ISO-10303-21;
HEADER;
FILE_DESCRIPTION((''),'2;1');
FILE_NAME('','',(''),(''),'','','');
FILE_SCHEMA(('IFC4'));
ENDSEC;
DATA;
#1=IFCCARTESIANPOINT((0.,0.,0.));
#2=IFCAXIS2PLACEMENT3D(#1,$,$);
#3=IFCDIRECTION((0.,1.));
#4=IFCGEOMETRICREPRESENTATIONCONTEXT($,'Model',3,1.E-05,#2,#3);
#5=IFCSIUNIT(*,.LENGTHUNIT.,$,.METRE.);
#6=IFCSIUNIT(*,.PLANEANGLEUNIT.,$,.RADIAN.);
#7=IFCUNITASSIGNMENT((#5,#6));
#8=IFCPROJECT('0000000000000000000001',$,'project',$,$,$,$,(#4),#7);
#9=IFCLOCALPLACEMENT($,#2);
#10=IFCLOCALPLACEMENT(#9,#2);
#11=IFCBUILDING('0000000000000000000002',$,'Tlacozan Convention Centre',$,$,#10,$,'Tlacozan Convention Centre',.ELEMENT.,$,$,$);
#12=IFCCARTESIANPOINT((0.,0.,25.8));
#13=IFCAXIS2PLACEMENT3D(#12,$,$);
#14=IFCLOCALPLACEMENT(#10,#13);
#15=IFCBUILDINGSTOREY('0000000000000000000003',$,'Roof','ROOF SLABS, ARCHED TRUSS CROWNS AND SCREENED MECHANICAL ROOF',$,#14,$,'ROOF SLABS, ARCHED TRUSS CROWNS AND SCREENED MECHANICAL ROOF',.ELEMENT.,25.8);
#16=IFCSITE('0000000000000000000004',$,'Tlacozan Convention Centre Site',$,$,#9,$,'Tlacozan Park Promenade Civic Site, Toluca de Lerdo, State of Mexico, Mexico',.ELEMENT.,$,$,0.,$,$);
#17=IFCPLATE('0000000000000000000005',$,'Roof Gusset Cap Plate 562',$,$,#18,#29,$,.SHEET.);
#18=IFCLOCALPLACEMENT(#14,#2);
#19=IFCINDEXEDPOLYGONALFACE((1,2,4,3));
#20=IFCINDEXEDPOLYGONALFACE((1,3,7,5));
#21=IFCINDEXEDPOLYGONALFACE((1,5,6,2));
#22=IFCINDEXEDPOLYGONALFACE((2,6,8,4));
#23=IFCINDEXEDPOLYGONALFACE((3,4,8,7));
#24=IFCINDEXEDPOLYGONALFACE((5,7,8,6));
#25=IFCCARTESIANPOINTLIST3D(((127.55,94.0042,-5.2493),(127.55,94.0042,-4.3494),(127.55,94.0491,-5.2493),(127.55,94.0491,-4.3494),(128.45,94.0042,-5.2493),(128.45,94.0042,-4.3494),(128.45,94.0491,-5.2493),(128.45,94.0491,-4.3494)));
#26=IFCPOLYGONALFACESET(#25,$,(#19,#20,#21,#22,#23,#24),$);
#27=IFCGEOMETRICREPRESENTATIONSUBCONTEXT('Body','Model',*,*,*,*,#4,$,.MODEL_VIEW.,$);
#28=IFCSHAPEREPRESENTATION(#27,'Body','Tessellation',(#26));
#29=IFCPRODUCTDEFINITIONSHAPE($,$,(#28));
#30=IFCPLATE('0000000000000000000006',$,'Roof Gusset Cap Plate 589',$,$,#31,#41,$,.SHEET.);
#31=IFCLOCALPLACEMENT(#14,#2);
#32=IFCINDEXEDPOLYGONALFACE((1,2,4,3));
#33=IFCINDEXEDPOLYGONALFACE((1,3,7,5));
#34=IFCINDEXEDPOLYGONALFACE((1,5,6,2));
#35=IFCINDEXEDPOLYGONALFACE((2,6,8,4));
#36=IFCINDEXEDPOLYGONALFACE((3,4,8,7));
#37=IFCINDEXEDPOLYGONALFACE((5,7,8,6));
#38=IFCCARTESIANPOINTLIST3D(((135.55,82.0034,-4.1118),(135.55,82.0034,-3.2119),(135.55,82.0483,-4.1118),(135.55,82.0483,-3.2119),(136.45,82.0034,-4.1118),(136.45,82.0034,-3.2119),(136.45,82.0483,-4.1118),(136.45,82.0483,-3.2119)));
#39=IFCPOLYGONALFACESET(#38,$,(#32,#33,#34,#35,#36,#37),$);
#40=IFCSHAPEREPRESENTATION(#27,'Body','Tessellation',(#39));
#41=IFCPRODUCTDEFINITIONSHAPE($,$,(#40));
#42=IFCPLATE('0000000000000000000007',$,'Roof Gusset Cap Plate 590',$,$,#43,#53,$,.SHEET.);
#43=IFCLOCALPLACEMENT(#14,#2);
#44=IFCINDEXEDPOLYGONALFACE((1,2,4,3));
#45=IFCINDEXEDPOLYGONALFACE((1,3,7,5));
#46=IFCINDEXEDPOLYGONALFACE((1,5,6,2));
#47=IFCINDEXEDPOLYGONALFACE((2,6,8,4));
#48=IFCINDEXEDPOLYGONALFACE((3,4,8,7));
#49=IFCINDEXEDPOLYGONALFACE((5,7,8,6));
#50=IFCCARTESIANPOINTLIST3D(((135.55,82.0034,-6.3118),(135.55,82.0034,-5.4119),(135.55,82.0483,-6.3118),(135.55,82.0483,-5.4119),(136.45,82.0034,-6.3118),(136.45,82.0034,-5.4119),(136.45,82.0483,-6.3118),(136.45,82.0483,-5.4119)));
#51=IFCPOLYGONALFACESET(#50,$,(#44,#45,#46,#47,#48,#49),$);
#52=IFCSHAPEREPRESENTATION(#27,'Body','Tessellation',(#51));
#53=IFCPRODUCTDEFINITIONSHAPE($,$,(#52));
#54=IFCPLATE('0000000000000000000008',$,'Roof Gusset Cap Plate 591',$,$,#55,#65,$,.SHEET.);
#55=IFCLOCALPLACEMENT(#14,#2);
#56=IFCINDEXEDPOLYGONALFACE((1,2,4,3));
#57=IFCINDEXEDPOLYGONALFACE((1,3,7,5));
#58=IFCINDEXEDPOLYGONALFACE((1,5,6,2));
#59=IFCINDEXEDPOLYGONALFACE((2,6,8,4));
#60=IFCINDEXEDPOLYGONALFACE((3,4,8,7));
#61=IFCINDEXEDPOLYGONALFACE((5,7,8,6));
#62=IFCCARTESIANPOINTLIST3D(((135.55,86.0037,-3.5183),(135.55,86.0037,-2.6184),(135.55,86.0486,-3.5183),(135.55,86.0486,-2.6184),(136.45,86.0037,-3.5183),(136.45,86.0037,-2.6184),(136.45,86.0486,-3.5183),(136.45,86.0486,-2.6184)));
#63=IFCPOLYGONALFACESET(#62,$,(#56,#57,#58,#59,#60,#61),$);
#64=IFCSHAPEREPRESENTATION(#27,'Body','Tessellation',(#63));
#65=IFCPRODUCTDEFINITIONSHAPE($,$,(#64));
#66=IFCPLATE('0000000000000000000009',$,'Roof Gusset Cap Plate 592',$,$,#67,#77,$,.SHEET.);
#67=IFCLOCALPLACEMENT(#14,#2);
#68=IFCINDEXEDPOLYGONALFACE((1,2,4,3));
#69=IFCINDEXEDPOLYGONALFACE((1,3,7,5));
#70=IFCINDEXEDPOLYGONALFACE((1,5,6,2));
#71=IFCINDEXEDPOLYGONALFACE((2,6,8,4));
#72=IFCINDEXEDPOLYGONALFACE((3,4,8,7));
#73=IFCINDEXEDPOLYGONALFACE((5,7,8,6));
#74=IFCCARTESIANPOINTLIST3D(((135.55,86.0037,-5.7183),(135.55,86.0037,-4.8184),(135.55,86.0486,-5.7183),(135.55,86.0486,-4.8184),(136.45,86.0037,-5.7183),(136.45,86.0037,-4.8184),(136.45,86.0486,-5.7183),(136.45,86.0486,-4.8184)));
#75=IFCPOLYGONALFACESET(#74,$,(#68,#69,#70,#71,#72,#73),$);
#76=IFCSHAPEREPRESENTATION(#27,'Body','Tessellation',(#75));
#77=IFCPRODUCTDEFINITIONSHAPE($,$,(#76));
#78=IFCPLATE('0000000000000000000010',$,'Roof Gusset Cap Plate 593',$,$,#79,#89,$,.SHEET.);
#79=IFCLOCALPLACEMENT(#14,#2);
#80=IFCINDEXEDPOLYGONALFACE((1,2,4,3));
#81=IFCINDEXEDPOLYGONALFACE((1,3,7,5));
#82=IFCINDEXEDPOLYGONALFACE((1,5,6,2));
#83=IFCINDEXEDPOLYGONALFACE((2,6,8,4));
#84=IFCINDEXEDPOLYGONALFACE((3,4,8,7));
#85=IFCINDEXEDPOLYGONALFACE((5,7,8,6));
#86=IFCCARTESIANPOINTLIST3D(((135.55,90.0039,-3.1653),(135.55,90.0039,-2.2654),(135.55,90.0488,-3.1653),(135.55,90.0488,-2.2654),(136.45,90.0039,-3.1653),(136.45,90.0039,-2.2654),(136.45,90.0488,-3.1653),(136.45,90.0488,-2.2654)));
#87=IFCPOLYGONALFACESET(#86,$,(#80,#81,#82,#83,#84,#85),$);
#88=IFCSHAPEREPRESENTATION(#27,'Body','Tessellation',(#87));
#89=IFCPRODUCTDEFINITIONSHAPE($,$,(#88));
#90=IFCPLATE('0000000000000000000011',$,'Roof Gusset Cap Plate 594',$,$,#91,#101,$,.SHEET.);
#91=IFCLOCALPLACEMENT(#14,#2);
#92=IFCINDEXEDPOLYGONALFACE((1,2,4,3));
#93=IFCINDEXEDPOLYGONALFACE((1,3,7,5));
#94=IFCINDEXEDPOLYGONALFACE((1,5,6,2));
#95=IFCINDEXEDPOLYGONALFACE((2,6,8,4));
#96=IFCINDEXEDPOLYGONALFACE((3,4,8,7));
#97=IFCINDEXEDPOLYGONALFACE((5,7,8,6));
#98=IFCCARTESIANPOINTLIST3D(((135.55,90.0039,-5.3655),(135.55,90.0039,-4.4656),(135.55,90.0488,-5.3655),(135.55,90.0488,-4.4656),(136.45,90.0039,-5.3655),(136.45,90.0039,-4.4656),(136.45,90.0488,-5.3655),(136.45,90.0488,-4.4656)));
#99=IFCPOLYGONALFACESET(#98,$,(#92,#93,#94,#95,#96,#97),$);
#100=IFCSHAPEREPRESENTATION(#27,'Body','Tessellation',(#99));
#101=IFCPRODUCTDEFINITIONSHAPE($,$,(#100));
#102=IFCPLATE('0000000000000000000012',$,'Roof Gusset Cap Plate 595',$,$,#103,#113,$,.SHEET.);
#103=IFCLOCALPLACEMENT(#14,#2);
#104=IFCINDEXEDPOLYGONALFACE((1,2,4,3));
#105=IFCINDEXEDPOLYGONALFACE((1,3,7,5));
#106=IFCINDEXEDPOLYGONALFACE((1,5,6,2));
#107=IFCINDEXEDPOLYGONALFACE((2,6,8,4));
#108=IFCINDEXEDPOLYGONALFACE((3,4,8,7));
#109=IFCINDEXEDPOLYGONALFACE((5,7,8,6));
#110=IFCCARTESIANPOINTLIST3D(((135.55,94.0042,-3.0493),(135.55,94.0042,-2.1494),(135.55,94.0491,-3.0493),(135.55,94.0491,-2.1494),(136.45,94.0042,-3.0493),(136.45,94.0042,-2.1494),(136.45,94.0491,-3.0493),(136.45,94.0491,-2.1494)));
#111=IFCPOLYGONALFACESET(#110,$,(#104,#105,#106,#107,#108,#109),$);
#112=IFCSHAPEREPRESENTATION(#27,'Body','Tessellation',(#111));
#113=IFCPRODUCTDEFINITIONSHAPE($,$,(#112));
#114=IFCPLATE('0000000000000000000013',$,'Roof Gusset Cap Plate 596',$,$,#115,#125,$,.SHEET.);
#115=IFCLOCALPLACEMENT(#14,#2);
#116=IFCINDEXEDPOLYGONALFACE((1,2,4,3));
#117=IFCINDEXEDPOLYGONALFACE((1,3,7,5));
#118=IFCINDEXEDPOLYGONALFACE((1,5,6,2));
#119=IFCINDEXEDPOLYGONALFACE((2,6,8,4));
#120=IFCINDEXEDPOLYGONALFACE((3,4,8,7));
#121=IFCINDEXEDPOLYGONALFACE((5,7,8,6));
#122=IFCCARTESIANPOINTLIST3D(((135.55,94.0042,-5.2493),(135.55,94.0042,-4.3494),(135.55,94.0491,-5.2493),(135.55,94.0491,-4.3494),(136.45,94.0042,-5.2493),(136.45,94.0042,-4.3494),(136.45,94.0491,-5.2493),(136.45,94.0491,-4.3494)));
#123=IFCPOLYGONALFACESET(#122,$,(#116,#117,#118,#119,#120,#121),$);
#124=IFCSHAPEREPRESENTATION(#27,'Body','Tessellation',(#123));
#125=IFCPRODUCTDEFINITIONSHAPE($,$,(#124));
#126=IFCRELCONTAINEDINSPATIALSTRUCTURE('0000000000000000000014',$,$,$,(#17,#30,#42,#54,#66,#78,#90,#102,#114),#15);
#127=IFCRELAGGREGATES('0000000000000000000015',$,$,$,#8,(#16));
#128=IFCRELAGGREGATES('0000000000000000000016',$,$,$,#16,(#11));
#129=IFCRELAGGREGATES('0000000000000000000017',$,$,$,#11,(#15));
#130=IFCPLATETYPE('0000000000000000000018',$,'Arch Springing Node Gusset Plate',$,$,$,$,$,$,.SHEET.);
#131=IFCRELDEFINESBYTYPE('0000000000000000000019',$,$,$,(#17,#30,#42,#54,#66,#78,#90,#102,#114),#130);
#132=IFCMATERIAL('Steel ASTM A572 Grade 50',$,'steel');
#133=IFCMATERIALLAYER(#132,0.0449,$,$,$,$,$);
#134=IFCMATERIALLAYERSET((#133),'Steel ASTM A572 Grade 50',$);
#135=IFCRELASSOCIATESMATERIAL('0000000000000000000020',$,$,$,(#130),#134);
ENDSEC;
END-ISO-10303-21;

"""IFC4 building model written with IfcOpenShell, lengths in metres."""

from ifc_helpers import new_model, si_unit, direction, frame, origin, origin_2d, place, context, subcontext, project, spatial, rectangle, extrude, material, layer, layer_set, type_object, element, save


model = new_model("IFC4")

# Units and contexts
model_context = context("Model", 3, precision=1e-05, world=origin(), true_north=direction((0.0, 1.0)))
body_context = subcontext(model_context, "Body", "Model", "MODEL_VIEW")
ifc_project = project(units=[si_unit("LENGTHUNIT", "METRE"), si_unit("PLANEANGLEUNIT", "RADIAN")], contexts=[model_context])

# Site, building, storey
site_placement = place(None, origin())
site = spatial("IfcSite", under=ifc_project, at=site_placement, Name="Tlacozan Convention Centre Site", LongName="Tlacozan Park Promenade Civic Site, Toluca de Lerdo, State of Mexico, Mexico", CompositionType="ELEMENT", RefElevation=0.0)
building_placement = place(site_placement, origin())
building = spatial("IfcBuilding", under=site, at=building_placement, Name="Tlacozan Convention Centre", LongName="Tlacozan Convention Centre", CompositionType="ELEMENT")
storey_placement = place(building_placement, frame((0.0, 0.0, 25.8)))
storey = spatial("IfcBuildingStorey", under=building, at=storey_placement, Name="Roof", Description="ROOF SLABS, ARCHED TRUSS CROWNS AND SCREENED MECHANICAL ROOF", LongName="ROOF SLABS, ARCHED TRUSS CROWNS AND SCREENED MECHANICAL ROOF", CompositionType="ELEMENT", Elevation=25.8)

# Plates
ifc_material_1 = material(Name="Steel ASTM A572 Grade 50", Category="steel")
ifc_layer = layer(ifc_material_1, 0.0449)
ifc_layer_set = layer_set([ifc_layer], Name="Steel ASTM A572 Grade 50")
plate_type = type_object("IfcPlateType", Name="Arch Springing Node Gusset Plate", PredefinedType="SHEET", material=ifc_layer_set)
for number, where, z_axis, x_axis, name in (
    (1, (128.0, 94.0266, -5.2493), (0.0, 0.0, 1.0), (0.0, 1.0, 0.0), "Roof Gusset Cap Plate 562"),
    (2, (136.0, 82.0259, -4.1118), (0.0, 0.0, 1.0), (0.0, 1.0, 0.0), "Roof Gusset Cap Plate 589"),
    (3, (136.0, 82.0259, -6.3118), (0.0, 0.0, 1.0), (0.0, 1.0, 0.0), "Roof Gusset Cap Plate 590"),
    (4, (136.0, 86.0261, -3.5183), (0.0, 0.0, 1.0), (0.0, 1.0, 0.0), "Roof Gusset Cap Plate 591"),
    (5, (136.0, 86.0261, -5.7183), (0.0, 0.0, 1.0), (0.0, 1.0, 0.0), "Roof Gusset Cap Plate 592"),
    (6, (136.0, 90.0264, -3.1653), (0.0, 0.0, 1.0), (0.0, 1.0, 0.0), "Roof Gusset Cap Plate 593"),
    (7, (136.0, 90.0264, -5.3655), (0.0, 0.0, 1.0), (0.0, 1.0, 0.0), "Roof Gusset Cap Plate 594"),
    (8, (136.0, 94.0266, -3.0493), (0.0, 0.0, 1.0), (0.0, 1.0, 0.0), "Roof Gusset Cap Plate 595"),
    (9, (136.0, 94.0266, -5.2493), (0.0, 0.0, 1.0), (0.0, 1.0, 0.0), "Roof Gusset Cap Plate 596"),
):
    element("IfcPlate", number, at=place(storey_placement, frame(where, z_axis=z_axis, x_axis=x_axis)), inside=storey, type_object=plate_type, Name=name, PredefinedType="SHEET", context=body_context, shape_type="SweptSolid", body=[
        extrude(rectangle(XDim=0.0449, YDim=0.8999, at=origin_2d()), origin(), (0.0, 0.0, 1.0), 0.8999),
    ])

save(model, "model.ifc")
